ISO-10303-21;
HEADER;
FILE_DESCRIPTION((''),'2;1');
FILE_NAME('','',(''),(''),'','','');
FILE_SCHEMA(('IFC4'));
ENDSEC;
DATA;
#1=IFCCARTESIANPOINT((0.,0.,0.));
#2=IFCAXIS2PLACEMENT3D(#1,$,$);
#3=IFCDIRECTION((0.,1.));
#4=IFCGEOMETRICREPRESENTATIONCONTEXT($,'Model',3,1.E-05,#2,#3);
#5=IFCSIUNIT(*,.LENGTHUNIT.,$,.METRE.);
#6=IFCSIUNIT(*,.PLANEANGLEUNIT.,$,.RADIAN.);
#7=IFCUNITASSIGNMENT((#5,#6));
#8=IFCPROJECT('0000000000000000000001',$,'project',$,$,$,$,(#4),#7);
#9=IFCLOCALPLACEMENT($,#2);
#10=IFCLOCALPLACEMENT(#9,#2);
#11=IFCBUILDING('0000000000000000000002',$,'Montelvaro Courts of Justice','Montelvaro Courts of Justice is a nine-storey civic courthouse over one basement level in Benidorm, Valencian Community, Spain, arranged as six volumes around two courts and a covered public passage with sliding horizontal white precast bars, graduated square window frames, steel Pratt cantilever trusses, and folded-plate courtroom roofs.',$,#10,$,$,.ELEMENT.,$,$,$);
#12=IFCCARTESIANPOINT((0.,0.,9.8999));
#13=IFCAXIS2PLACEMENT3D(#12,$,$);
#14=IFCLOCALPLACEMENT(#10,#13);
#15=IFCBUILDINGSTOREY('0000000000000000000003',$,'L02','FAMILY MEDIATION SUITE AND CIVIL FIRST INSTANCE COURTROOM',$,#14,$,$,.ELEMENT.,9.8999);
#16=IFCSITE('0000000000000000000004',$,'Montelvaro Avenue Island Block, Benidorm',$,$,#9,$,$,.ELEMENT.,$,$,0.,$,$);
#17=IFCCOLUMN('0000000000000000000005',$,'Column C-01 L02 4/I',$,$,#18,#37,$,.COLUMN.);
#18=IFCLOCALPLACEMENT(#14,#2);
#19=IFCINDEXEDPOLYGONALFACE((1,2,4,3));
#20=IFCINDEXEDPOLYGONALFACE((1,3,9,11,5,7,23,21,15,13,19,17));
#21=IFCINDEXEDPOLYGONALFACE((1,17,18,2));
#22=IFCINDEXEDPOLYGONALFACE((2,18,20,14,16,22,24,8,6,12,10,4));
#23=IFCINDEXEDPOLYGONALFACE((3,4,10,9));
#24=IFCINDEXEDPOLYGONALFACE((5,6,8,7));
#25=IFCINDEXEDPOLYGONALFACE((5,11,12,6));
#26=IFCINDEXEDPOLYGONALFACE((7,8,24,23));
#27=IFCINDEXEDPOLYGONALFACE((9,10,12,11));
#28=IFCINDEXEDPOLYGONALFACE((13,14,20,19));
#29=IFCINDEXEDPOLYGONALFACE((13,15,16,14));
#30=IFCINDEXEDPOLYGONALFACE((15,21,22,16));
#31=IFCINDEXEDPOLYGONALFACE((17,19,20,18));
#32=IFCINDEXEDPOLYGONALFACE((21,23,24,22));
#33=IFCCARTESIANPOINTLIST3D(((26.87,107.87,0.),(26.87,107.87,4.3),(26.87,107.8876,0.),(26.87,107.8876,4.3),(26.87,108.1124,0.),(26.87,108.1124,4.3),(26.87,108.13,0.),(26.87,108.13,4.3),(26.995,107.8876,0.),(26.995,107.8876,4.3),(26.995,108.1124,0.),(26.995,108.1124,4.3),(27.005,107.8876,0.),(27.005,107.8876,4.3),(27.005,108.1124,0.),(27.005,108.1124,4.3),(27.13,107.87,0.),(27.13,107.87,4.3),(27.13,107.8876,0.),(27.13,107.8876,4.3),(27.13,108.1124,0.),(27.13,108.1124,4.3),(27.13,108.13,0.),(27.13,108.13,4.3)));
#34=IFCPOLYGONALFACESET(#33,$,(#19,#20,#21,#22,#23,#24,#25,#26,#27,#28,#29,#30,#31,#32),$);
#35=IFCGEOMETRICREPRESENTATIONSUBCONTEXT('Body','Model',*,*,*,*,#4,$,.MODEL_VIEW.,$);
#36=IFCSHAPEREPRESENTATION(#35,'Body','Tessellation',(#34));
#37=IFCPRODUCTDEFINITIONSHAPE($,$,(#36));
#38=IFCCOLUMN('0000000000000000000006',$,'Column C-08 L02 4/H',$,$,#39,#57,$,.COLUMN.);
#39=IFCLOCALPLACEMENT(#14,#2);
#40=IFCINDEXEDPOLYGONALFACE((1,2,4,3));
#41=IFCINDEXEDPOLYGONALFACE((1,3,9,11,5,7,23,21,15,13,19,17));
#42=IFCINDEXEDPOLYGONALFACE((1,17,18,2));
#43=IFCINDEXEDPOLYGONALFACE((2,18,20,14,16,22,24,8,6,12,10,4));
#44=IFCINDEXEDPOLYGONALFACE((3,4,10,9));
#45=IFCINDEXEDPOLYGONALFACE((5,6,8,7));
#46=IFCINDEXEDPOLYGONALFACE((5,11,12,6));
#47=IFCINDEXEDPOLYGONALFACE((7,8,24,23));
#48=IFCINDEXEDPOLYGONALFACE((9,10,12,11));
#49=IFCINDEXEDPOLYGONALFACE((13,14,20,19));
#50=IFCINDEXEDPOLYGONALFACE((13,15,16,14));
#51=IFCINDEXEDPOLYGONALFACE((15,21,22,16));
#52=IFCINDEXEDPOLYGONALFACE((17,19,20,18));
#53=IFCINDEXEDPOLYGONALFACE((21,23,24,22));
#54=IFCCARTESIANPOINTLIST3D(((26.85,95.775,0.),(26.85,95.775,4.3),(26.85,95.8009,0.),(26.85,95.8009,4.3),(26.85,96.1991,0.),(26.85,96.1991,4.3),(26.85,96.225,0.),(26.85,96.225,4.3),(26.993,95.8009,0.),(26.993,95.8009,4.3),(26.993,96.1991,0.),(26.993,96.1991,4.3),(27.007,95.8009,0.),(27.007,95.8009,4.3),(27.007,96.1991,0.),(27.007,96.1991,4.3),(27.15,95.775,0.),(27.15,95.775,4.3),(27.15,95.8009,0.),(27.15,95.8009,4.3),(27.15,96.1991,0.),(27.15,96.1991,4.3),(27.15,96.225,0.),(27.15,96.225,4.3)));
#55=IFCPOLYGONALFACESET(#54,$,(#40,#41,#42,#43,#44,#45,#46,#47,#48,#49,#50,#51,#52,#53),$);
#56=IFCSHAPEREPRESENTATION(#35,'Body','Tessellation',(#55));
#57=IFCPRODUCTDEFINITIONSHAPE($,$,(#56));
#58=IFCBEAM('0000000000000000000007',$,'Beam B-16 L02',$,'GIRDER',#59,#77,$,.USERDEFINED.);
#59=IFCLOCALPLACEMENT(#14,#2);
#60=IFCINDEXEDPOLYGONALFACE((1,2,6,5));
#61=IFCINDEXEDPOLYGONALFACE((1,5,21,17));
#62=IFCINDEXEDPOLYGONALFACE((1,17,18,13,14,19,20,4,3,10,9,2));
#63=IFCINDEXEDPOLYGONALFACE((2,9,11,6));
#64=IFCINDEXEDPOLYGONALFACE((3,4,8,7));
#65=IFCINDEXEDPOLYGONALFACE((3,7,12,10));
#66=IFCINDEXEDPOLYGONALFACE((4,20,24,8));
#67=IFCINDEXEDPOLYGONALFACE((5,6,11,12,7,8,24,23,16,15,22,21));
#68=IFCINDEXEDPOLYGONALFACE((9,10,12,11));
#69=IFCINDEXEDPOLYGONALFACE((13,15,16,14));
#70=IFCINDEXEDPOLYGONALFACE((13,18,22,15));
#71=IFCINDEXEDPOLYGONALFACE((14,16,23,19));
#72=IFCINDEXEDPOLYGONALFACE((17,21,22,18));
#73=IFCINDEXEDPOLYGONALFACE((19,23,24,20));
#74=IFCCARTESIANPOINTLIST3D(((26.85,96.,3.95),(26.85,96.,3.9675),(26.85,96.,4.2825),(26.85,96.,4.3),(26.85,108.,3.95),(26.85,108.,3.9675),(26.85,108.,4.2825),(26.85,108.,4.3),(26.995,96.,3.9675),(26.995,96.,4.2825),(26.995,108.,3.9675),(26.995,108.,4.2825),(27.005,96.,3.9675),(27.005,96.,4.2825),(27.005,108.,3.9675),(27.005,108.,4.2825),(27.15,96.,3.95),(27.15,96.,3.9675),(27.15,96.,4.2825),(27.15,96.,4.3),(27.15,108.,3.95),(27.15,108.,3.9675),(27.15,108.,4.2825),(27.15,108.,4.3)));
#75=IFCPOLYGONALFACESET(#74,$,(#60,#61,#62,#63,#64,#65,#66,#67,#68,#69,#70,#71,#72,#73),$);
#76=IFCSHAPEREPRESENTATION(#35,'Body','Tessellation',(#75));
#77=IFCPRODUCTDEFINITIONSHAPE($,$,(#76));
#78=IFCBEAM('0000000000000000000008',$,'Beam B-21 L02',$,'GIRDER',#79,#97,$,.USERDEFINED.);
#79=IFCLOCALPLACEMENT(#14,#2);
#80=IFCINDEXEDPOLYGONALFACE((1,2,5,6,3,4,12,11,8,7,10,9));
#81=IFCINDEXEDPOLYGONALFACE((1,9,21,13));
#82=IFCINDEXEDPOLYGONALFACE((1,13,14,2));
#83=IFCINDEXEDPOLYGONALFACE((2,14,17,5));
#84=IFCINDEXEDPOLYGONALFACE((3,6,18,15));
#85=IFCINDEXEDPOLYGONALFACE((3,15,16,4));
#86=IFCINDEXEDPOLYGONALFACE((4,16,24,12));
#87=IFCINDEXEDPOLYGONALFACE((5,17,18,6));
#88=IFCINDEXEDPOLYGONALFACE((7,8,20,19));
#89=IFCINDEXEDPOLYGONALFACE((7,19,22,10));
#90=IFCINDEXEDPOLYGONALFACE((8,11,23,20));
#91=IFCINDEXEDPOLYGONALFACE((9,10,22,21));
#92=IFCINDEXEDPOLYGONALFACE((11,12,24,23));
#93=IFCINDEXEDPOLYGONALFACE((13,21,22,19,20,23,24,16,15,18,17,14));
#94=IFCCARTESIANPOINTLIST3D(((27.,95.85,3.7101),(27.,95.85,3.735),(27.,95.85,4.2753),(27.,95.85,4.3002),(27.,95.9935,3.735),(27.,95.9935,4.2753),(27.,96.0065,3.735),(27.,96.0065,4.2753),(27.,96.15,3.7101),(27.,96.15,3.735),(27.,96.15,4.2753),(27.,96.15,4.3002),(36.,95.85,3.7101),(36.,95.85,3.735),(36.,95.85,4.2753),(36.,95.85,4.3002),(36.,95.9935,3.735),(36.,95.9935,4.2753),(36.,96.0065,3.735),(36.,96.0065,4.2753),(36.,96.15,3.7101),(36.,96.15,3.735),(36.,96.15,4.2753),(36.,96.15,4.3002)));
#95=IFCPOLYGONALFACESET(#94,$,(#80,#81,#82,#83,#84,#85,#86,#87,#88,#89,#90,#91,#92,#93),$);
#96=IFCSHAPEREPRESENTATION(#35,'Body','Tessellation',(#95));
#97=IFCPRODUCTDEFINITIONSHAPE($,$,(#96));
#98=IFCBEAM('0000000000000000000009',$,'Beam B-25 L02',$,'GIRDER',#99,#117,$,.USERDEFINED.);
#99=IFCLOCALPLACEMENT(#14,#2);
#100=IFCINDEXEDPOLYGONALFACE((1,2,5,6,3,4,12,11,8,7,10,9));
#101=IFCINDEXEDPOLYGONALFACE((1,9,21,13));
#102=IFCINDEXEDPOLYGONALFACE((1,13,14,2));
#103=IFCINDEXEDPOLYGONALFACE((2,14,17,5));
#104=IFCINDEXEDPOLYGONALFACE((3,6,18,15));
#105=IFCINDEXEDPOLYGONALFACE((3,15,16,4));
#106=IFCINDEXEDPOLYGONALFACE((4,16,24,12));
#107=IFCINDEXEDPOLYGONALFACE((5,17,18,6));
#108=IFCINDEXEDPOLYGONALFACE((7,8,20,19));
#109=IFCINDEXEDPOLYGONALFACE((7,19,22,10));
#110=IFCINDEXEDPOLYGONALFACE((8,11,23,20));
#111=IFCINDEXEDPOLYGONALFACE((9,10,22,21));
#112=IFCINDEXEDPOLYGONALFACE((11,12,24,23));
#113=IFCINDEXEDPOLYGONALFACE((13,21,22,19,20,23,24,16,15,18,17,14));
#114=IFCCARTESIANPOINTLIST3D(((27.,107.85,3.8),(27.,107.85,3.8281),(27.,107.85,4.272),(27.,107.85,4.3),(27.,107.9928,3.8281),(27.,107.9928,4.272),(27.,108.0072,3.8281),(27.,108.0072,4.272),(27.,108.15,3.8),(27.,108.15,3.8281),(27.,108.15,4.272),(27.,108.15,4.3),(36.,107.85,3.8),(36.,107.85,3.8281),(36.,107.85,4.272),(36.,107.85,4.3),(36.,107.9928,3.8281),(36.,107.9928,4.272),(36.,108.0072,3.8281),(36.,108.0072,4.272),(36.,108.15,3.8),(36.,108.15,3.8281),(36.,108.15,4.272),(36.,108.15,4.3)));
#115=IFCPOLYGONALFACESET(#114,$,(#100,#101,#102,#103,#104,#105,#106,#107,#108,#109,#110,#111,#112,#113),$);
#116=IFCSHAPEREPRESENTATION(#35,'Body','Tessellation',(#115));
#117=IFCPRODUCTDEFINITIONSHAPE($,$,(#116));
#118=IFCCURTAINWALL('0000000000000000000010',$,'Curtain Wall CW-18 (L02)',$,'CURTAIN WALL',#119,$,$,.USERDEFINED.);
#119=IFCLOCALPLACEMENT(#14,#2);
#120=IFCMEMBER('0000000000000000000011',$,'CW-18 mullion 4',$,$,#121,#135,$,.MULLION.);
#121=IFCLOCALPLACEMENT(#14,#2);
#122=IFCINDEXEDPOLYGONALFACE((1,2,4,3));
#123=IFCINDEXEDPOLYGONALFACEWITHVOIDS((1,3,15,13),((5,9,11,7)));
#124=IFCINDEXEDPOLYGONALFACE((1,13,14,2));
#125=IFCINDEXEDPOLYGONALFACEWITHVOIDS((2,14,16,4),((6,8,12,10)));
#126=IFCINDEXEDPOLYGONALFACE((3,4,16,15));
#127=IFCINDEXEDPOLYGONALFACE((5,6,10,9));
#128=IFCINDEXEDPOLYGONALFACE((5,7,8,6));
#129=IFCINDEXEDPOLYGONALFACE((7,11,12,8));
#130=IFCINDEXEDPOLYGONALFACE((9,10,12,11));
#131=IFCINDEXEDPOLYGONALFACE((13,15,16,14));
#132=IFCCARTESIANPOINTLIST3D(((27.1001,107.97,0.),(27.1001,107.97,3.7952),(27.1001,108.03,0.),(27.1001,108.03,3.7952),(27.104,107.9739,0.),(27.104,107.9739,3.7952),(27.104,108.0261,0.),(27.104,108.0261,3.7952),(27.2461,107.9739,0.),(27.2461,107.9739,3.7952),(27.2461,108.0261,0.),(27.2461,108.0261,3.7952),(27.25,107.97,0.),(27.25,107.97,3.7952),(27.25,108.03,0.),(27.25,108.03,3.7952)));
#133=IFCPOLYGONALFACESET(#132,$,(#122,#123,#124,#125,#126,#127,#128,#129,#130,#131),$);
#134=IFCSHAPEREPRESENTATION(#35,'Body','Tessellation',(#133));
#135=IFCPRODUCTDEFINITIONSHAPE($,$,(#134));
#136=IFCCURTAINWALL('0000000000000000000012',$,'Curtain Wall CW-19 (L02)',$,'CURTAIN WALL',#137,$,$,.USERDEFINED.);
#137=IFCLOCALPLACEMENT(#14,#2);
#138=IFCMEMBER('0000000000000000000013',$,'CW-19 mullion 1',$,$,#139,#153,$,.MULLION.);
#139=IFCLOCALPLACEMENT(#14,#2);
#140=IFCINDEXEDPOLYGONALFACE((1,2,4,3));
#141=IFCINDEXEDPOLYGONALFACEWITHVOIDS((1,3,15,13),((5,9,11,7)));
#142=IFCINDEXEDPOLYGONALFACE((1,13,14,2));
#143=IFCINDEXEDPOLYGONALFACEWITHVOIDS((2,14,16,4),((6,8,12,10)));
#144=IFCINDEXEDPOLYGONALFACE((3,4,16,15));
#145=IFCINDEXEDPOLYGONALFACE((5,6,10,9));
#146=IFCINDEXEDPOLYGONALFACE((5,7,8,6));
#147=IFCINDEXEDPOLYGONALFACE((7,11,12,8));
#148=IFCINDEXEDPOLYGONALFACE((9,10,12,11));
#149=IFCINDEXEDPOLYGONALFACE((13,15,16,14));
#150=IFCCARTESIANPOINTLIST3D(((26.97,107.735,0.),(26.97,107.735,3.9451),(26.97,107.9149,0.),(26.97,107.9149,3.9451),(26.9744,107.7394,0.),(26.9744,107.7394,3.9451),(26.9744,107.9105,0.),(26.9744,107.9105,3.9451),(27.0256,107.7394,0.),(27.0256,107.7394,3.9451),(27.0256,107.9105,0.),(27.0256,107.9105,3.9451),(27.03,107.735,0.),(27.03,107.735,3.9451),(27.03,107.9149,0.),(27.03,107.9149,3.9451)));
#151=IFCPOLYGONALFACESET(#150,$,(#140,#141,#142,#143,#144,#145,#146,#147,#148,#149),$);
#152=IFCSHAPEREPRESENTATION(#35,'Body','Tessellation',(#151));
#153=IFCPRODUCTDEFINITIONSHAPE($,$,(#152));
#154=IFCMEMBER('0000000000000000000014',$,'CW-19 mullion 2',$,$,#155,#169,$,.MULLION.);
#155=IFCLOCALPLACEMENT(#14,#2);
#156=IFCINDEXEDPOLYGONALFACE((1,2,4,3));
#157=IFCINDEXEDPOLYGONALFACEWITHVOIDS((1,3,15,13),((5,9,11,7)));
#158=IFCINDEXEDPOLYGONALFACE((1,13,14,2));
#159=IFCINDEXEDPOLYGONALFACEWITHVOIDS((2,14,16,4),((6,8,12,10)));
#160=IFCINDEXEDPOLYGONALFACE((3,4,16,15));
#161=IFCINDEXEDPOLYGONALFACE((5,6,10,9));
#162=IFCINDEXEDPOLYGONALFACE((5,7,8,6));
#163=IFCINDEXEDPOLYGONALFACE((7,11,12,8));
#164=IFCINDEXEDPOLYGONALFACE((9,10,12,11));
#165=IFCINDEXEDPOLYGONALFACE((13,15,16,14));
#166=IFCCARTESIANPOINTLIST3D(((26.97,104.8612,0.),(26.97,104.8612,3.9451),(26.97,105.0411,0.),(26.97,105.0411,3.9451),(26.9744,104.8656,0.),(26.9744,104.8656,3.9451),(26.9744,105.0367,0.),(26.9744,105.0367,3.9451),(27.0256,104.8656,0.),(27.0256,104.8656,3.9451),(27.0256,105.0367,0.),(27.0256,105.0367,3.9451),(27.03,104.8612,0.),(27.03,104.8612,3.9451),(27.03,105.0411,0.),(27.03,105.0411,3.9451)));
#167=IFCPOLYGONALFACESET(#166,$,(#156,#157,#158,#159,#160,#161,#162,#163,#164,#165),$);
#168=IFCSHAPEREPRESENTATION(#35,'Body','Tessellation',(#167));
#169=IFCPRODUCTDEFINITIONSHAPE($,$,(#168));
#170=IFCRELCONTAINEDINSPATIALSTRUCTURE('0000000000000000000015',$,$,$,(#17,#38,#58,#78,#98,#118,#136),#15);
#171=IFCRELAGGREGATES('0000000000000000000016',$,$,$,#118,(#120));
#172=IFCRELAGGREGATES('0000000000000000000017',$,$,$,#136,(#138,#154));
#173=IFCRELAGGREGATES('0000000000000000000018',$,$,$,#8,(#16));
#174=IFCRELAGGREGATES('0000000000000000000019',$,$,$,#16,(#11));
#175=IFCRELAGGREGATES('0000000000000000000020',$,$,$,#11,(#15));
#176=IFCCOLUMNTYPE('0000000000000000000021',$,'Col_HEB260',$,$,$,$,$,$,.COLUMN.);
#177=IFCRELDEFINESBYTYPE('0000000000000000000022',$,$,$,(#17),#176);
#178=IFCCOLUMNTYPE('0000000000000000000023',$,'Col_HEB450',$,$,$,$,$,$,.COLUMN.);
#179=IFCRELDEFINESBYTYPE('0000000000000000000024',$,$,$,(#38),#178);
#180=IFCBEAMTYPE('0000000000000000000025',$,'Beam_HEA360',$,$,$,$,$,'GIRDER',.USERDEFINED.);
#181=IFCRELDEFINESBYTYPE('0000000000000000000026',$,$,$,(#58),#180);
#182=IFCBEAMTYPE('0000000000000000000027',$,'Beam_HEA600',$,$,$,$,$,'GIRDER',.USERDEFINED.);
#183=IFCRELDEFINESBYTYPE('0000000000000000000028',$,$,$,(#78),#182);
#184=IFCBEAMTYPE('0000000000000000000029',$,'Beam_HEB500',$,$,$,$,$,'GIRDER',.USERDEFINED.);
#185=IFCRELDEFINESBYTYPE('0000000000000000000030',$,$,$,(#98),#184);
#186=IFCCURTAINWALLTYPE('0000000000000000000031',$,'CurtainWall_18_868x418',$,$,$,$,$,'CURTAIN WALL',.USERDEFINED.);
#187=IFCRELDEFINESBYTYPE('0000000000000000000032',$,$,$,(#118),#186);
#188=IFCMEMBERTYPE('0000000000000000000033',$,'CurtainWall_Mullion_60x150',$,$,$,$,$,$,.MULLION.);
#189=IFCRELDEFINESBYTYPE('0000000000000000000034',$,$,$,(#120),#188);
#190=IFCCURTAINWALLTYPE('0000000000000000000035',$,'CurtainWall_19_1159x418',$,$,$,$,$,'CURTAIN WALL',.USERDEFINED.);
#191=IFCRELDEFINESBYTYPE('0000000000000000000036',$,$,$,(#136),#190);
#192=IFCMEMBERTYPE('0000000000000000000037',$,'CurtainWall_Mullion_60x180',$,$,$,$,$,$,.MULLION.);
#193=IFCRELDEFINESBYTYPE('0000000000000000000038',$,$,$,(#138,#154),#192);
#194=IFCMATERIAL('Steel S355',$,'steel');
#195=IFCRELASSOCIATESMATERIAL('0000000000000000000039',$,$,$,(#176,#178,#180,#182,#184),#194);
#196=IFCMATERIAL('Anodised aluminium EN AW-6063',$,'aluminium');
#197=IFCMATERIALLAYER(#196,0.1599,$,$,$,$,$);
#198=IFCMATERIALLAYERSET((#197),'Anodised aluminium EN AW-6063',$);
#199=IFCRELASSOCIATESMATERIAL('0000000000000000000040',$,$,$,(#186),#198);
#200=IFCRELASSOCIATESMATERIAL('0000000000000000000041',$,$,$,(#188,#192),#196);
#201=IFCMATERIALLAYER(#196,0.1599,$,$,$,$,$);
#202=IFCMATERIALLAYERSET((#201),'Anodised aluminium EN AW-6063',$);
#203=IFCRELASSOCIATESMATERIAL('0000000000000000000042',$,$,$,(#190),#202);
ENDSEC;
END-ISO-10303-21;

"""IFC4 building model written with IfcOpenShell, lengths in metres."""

from ifc_helpers import new_model, si_unit, direction, frame, origin, origin_2d, place, context, subcontext, project, spatial, hollow_rectangle, i_section, extrude, material, layer, layer_set, material_profile, profile_set, type_object, element, aggregate, save


model = new_model("IFC4")

# Units and contexts
model_context = context("Model", 3, precision=1e-05, world=origin(), true_north=direction((0.0, 1.0)))
body_context = subcontext(model_context, "Body", "Model", "MODEL_VIEW")
ifc_project = project(units=[si_unit("LENGTHUNIT", "METRE"), si_unit("PLANEANGLEUNIT", "RADIAN")], contexts=[model_context])

# Site, building, storey
site_placement = place(None, origin())
site = spatial("IfcSite", under=ifc_project, at=site_placement, Name="Montelvaro Avenue Island Block, Benidorm", CompositionType="ELEMENT", RefElevation=0.0)
building_placement = place(site_placement, origin())
building = spatial("IfcBuilding", under=site, at=building_placement, Name="Montelvaro Courts of Justice", Description="Montelvaro Courts of Justice is a nine-storey civic courthouse over one basement level in Benidorm, Valencian Community, Spain, arranged as six volumes around two courts and a covered public passage with sliding horizontal white precast bars, graduated square window frames, steel Pratt cantilever trusses, and folded-plate courtroom roofs.", CompositionType="ELEMENT")
storey_placement = place(building_placement, frame((0.0, 0.0, 9.8999)))
storey = spatial("IfcBuildingStorey", under=building, at=storey_placement, Name="L02", Description="FAMILY MEDIATION SUITE AND CIVIL FIRST INSTANCE COURTROOM", CompositionType="ELEMENT", Elevation=9.8999)

# Columns
ifc_material_1 = material(Name="Steel S355", Category="steel")
ifc_material_profile_1 = material_profile(ifc_material_1, i_section(OverallWidth=0.26, OverallDepth=0.26, WebThickness=0.01, FlangeThickness=0.0176, at=origin_2d()), Name="HEB 260")
ifc_profile_set_1 = profile_set([ifc_material_profile_1], Name="Steel S355")
column_type_1 = type_object("IfcColumnType", Name="Col_HEB260", PredefinedType="COLUMN", material=ifc_profile_set_1)
column_1_placement = place(storey_placement, frame((27.0, 108.0, 0.0), z_axis=(0.0, 0.0, 1.0), x_axis=(1.0, 0.0, 0.0)))
element("IfcColumn", 1, at=column_1_placement, inside=storey, type_object=column_type_1, Name="Column C-01 L02 4/I", PredefinedType="COLUMN", context=body_context, shape_type="SweptSolid", body=[
    extrude(i_section(OverallWidth=0.26, OverallDepth=0.26, WebThickness=0.01, FlangeThickness=0.0176, at=origin_2d()), origin(), (0.0, 0.0, 1.0), 4.3),
])
ifc_material_profile_2 = material_profile(ifc_material_1, i_section(OverallWidth=0.3, OverallDepth=0.45, WebThickness=0.0139, FlangeThickness=0.0259, at=origin_2d()), Name="HEB 450")
ifc_profile_set_2 = profile_set([ifc_material_profile_2], Name="Steel S355")
column_type_2 = type_object("IfcColumnType", Name="Col_HEB450", PredefinedType="COLUMN", material=ifc_profile_set_2)
column_2_placement = place(storey_placement, frame((27.0, 96.0, 0.0), z_axis=(0.0, 0.0, 1.0), x_axis=(1.0, 0.0, 0.0)))
element("IfcColumn", 2, at=column_2_placement, inside=storey, type_object=column_type_2, Name="Column C-08 L02 4/H", PredefinedType="COLUMN", context=body_context, shape_type="SweptSolid", body=[
    extrude(i_section(OverallWidth=0.3, OverallDepth=0.45, WebThickness=0.0139, FlangeThickness=0.0259, at=origin_2d()), origin(), (0.0, 0.0, 1.0), 4.3),
])

# Beams
ifc_material_profile_3 = material_profile(ifc_material_1, i_section(OverallWidth=0.3, OverallDepth=0.3501, WebThickness=0.01, FlangeThickness=0.0176, at=origin_2d()), Name="HEA 360")
ifc_profile_set_3 = profile_set([ifc_material_profile_3], Name="Steel S355")
beam_type_1 = type_object("IfcBeamType", Name="Beam_HEA360", ElementType="GIRDER", PredefinedType="USERDEFINED", material=ifc_profile_set_3)
beam_1_placement = place(storey_placement, frame((27.0, 96.0, 4.125), z_axis=(0.0, 1.0, 0.0), x_axis=(-1.0, 0.0, 0.0)))
element("IfcBeam", 3, at=beam_1_placement, inside=storey, type_object=beam_type_1, Name="Beam B-16 L02", ObjectType="GIRDER", PredefinedType="USERDEFINED", context=body_context, shape_type="SweptSolid", body=[
    extrude(i_section(OverallWidth=0.3, OverallDepth=0.3501, WebThickness=0.01, FlangeThickness=0.0176, at=origin_2d()), origin(), (0.0, 0.0, 1.0), 12.0),
])
ifc_material_profile_4 = material_profile(ifc_material_1, i_section(OverallWidth=0.3, OverallDepth=0.5901, WebThickness=0.0129, FlangeThickness=0.0249, at=origin_2d()), Name="HEA 600")
ifc_profile_set_4 = profile_set([ifc_material_profile_4], Name="Steel S355")
beam_type_2 = type_object("IfcBeamType", Name="Beam_HEA600", ElementType="GIRDER", PredefinedType="USERDEFINED", material=ifc_profile_set_4)
beam_2_placement = place(storey_placement, frame((27.0, 96.0, 4.0051), z_axis=(1.0, 0.0, 0.0), x_axis=(0.0, 1.0, 0.0)))
element("IfcBeam", 4, at=beam_2_placement, inside=storey, type_object=beam_type_2, Name="Beam B-21 L02", ObjectType="GIRDER", PredefinedType="USERDEFINED", context=body_context, shape_type="SweptSolid", body=[
    extrude(i_section(OverallWidth=0.3, OverallDepth=0.5901, WebThickness=0.0129, FlangeThickness=0.0249, at=origin_2d()), origin(), (0.0, 0.0, 1.0), 9.0),
])
ifc_material_profile_5 = material_profile(ifc_material_1, i_section(OverallWidth=0.3, OverallDepth=0.5, WebThickness=0.0144, FlangeThickness=0.0281, at=origin_2d()), Name="HEB 500")
ifc_profile_set_5 = profile_set([ifc_material_profile_5], Name="Steel S355")
beam_type_3 = type_object("IfcBeamType", Name="Beam_HEB500", ElementType="GIRDER", PredefinedType="USERDEFINED", material=ifc_profile_set_5)
beam_3_placement = place(storey_placement, frame((27.0, 108.0, 4.05), z_axis=(1.0, 0.0, 0.0), x_axis=(0.0, 1.0, 0.0)))
element("IfcBeam", 5, at=beam_3_placement, inside=storey, type_object=beam_type_3, Name="Beam B-25 L02", ObjectType="GIRDER", PredefinedType="USERDEFINED", context=body_context, shape_type="SweptSolid", body=[
    extrude(i_section(OverallWidth=0.3, OverallDepth=0.5, WebThickness=0.0144, FlangeThickness=0.0281, at=origin_2d()), origin(), (0.0, 0.0, 1.0), 9.0),
])

# Curtain wall, member
ifc_material_2 = material(Name="Anodised aluminium EN AW-6063", Category="aluminium")
ifc_layer_1 = layer(ifc_material_2, 0.1599)
ifc_layer_set_1 = layer_set([ifc_layer_1], Name="Anodised aluminium EN AW-6063")
curtain_wall_type_1 = type_object("IfcCurtainWallType", Name="CurtainWall_18_868x418", ElementType="CURTAIN WALL", PredefinedType="USERDEFINED", material=ifc_layer_set_1)
curtain_wall_1_placement = place(storey_placement, origin())
curtain_wall_1 = element("IfcCurtainWall", 6, at=curtain_wall_1_placement, inside=storey, type_object=curtain_wall_type_1, Name="Curtain Wall CW-18 (L02)", ObjectType="CURTAIN WALL", PredefinedType="USERDEFINED")
ifc_material_profile_6 = material_profile(ifc_material_2, hollow_rectangle(XDim=0.0601, YDim=0.1499, WallThickness=0.0039, at=origin_2d()), Name="ALU-M 60x150")
ifc_profile_set_6 = profile_set([ifc_material_profile_6], Name="Anodised aluminium EN AW-6063")
member_type_1 = type_object("IfcMemberType", Name="CurtainWall_Mullion_60x150", PredefinedType="MULLION", material=ifc_profile_set_6)
member_1_placement = place(storey_placement, frame((27.175, 108.0, 0.0), z_axis=(0.0, 0.0, 1.0), x_axis=(0.0, -1.0, 0.0)))
member_1 = element("IfcMember", 7, at=member_1_placement, type_object=member_type_1, Name="CW-18 mullion 4", PredefinedType="MULLION", context=body_context, shape_type="SweptSolid", body=[
    extrude(hollow_rectangle(XDim=0.0601, YDim=0.1499, WallThickness=0.0039, at=origin_2d()), origin(), (0.0, 0.0, 1.0), 3.7952),
])
aggregate(curtain_wall_1, [member_1])

# Curtain wall, members
ifc_layer_2 = layer(ifc_material_2, 0.1599)
ifc_layer_set_2 = layer_set([ifc_layer_2], Name="Anodised aluminium EN AW-6063")
curtain_wall_type_2 = type_object("IfcCurtainWallType", Name="CurtainWall_19_1159x418", ElementType="CURTAIN WALL", PredefinedType="USERDEFINED", material=ifc_layer_set_2)
curtain_wall_2_placement = place(storey_placement, origin())
curtain_wall_2 = element("IfcCurtainWall", 8, at=curtain_wall_2_placement, inside=storey, type_object=curtain_wall_type_2, Name="Curtain Wall CW-19 (L02)", ObjectType="CURTAIN WALL", PredefinedType="USERDEFINED")
ifc_material_profile_7 = material_profile(ifc_material_2, hollow_rectangle(XDim=0.0601, YDim=0.1799, WallThickness=0.0044, at=origin_2d()), Name="ALU-M 60x180")
ifc_profile_set_7 = profile_set([ifc_material_profile_7], Name="Anodised aluminium EN AW-6063")
member_type_2 = type_object("IfcMemberType", Name="CurtainWall_Mullion_60x180", PredefinedType="MULLION", material=ifc_profile_set_7)
member_2_placement = place(storey_placement, frame((27.0, 107.825, 0.0), z_axis=(0.0, 0.0, 1.0), x_axis=(1.0, 0.0, 0.0)))
member_2 = element("IfcMember", 9, at=member_2_placement, type_object=member_type_2, Name="CW-19 mullion 1", PredefinedType="MULLION", context=body_context, shape_type="SweptSolid", body=[
    extrude(hollow_rectangle(XDim=0.0601, YDim=0.1799, WallThickness=0.0044, at=origin_2d()), origin(), (0.0, 0.0, 1.0), 3.9451),
])
member_3_placement = place(storey_placement, frame((27.0, 104.9512, 0.0), z_axis=(0.0, 0.0, 1.0), x_axis=(1.0, 0.0, 0.0)))
member_3 = element("IfcMember", 10, at=member_3_placement, type_object=member_type_2, Name="CW-19 mullion 2", PredefinedType="MULLION", context=body_context, shape_type="SweptSolid", body=[
    extrude(hollow_rectangle(XDim=0.0601, YDim=0.1799, WallThickness=0.0044, at=origin_2d()), origin(), (0.0, 0.0, 1.0), 3.9451),
])
aggregate(curtain_wall_2, [member_2, member_3])

save(model, "model.ifc")
